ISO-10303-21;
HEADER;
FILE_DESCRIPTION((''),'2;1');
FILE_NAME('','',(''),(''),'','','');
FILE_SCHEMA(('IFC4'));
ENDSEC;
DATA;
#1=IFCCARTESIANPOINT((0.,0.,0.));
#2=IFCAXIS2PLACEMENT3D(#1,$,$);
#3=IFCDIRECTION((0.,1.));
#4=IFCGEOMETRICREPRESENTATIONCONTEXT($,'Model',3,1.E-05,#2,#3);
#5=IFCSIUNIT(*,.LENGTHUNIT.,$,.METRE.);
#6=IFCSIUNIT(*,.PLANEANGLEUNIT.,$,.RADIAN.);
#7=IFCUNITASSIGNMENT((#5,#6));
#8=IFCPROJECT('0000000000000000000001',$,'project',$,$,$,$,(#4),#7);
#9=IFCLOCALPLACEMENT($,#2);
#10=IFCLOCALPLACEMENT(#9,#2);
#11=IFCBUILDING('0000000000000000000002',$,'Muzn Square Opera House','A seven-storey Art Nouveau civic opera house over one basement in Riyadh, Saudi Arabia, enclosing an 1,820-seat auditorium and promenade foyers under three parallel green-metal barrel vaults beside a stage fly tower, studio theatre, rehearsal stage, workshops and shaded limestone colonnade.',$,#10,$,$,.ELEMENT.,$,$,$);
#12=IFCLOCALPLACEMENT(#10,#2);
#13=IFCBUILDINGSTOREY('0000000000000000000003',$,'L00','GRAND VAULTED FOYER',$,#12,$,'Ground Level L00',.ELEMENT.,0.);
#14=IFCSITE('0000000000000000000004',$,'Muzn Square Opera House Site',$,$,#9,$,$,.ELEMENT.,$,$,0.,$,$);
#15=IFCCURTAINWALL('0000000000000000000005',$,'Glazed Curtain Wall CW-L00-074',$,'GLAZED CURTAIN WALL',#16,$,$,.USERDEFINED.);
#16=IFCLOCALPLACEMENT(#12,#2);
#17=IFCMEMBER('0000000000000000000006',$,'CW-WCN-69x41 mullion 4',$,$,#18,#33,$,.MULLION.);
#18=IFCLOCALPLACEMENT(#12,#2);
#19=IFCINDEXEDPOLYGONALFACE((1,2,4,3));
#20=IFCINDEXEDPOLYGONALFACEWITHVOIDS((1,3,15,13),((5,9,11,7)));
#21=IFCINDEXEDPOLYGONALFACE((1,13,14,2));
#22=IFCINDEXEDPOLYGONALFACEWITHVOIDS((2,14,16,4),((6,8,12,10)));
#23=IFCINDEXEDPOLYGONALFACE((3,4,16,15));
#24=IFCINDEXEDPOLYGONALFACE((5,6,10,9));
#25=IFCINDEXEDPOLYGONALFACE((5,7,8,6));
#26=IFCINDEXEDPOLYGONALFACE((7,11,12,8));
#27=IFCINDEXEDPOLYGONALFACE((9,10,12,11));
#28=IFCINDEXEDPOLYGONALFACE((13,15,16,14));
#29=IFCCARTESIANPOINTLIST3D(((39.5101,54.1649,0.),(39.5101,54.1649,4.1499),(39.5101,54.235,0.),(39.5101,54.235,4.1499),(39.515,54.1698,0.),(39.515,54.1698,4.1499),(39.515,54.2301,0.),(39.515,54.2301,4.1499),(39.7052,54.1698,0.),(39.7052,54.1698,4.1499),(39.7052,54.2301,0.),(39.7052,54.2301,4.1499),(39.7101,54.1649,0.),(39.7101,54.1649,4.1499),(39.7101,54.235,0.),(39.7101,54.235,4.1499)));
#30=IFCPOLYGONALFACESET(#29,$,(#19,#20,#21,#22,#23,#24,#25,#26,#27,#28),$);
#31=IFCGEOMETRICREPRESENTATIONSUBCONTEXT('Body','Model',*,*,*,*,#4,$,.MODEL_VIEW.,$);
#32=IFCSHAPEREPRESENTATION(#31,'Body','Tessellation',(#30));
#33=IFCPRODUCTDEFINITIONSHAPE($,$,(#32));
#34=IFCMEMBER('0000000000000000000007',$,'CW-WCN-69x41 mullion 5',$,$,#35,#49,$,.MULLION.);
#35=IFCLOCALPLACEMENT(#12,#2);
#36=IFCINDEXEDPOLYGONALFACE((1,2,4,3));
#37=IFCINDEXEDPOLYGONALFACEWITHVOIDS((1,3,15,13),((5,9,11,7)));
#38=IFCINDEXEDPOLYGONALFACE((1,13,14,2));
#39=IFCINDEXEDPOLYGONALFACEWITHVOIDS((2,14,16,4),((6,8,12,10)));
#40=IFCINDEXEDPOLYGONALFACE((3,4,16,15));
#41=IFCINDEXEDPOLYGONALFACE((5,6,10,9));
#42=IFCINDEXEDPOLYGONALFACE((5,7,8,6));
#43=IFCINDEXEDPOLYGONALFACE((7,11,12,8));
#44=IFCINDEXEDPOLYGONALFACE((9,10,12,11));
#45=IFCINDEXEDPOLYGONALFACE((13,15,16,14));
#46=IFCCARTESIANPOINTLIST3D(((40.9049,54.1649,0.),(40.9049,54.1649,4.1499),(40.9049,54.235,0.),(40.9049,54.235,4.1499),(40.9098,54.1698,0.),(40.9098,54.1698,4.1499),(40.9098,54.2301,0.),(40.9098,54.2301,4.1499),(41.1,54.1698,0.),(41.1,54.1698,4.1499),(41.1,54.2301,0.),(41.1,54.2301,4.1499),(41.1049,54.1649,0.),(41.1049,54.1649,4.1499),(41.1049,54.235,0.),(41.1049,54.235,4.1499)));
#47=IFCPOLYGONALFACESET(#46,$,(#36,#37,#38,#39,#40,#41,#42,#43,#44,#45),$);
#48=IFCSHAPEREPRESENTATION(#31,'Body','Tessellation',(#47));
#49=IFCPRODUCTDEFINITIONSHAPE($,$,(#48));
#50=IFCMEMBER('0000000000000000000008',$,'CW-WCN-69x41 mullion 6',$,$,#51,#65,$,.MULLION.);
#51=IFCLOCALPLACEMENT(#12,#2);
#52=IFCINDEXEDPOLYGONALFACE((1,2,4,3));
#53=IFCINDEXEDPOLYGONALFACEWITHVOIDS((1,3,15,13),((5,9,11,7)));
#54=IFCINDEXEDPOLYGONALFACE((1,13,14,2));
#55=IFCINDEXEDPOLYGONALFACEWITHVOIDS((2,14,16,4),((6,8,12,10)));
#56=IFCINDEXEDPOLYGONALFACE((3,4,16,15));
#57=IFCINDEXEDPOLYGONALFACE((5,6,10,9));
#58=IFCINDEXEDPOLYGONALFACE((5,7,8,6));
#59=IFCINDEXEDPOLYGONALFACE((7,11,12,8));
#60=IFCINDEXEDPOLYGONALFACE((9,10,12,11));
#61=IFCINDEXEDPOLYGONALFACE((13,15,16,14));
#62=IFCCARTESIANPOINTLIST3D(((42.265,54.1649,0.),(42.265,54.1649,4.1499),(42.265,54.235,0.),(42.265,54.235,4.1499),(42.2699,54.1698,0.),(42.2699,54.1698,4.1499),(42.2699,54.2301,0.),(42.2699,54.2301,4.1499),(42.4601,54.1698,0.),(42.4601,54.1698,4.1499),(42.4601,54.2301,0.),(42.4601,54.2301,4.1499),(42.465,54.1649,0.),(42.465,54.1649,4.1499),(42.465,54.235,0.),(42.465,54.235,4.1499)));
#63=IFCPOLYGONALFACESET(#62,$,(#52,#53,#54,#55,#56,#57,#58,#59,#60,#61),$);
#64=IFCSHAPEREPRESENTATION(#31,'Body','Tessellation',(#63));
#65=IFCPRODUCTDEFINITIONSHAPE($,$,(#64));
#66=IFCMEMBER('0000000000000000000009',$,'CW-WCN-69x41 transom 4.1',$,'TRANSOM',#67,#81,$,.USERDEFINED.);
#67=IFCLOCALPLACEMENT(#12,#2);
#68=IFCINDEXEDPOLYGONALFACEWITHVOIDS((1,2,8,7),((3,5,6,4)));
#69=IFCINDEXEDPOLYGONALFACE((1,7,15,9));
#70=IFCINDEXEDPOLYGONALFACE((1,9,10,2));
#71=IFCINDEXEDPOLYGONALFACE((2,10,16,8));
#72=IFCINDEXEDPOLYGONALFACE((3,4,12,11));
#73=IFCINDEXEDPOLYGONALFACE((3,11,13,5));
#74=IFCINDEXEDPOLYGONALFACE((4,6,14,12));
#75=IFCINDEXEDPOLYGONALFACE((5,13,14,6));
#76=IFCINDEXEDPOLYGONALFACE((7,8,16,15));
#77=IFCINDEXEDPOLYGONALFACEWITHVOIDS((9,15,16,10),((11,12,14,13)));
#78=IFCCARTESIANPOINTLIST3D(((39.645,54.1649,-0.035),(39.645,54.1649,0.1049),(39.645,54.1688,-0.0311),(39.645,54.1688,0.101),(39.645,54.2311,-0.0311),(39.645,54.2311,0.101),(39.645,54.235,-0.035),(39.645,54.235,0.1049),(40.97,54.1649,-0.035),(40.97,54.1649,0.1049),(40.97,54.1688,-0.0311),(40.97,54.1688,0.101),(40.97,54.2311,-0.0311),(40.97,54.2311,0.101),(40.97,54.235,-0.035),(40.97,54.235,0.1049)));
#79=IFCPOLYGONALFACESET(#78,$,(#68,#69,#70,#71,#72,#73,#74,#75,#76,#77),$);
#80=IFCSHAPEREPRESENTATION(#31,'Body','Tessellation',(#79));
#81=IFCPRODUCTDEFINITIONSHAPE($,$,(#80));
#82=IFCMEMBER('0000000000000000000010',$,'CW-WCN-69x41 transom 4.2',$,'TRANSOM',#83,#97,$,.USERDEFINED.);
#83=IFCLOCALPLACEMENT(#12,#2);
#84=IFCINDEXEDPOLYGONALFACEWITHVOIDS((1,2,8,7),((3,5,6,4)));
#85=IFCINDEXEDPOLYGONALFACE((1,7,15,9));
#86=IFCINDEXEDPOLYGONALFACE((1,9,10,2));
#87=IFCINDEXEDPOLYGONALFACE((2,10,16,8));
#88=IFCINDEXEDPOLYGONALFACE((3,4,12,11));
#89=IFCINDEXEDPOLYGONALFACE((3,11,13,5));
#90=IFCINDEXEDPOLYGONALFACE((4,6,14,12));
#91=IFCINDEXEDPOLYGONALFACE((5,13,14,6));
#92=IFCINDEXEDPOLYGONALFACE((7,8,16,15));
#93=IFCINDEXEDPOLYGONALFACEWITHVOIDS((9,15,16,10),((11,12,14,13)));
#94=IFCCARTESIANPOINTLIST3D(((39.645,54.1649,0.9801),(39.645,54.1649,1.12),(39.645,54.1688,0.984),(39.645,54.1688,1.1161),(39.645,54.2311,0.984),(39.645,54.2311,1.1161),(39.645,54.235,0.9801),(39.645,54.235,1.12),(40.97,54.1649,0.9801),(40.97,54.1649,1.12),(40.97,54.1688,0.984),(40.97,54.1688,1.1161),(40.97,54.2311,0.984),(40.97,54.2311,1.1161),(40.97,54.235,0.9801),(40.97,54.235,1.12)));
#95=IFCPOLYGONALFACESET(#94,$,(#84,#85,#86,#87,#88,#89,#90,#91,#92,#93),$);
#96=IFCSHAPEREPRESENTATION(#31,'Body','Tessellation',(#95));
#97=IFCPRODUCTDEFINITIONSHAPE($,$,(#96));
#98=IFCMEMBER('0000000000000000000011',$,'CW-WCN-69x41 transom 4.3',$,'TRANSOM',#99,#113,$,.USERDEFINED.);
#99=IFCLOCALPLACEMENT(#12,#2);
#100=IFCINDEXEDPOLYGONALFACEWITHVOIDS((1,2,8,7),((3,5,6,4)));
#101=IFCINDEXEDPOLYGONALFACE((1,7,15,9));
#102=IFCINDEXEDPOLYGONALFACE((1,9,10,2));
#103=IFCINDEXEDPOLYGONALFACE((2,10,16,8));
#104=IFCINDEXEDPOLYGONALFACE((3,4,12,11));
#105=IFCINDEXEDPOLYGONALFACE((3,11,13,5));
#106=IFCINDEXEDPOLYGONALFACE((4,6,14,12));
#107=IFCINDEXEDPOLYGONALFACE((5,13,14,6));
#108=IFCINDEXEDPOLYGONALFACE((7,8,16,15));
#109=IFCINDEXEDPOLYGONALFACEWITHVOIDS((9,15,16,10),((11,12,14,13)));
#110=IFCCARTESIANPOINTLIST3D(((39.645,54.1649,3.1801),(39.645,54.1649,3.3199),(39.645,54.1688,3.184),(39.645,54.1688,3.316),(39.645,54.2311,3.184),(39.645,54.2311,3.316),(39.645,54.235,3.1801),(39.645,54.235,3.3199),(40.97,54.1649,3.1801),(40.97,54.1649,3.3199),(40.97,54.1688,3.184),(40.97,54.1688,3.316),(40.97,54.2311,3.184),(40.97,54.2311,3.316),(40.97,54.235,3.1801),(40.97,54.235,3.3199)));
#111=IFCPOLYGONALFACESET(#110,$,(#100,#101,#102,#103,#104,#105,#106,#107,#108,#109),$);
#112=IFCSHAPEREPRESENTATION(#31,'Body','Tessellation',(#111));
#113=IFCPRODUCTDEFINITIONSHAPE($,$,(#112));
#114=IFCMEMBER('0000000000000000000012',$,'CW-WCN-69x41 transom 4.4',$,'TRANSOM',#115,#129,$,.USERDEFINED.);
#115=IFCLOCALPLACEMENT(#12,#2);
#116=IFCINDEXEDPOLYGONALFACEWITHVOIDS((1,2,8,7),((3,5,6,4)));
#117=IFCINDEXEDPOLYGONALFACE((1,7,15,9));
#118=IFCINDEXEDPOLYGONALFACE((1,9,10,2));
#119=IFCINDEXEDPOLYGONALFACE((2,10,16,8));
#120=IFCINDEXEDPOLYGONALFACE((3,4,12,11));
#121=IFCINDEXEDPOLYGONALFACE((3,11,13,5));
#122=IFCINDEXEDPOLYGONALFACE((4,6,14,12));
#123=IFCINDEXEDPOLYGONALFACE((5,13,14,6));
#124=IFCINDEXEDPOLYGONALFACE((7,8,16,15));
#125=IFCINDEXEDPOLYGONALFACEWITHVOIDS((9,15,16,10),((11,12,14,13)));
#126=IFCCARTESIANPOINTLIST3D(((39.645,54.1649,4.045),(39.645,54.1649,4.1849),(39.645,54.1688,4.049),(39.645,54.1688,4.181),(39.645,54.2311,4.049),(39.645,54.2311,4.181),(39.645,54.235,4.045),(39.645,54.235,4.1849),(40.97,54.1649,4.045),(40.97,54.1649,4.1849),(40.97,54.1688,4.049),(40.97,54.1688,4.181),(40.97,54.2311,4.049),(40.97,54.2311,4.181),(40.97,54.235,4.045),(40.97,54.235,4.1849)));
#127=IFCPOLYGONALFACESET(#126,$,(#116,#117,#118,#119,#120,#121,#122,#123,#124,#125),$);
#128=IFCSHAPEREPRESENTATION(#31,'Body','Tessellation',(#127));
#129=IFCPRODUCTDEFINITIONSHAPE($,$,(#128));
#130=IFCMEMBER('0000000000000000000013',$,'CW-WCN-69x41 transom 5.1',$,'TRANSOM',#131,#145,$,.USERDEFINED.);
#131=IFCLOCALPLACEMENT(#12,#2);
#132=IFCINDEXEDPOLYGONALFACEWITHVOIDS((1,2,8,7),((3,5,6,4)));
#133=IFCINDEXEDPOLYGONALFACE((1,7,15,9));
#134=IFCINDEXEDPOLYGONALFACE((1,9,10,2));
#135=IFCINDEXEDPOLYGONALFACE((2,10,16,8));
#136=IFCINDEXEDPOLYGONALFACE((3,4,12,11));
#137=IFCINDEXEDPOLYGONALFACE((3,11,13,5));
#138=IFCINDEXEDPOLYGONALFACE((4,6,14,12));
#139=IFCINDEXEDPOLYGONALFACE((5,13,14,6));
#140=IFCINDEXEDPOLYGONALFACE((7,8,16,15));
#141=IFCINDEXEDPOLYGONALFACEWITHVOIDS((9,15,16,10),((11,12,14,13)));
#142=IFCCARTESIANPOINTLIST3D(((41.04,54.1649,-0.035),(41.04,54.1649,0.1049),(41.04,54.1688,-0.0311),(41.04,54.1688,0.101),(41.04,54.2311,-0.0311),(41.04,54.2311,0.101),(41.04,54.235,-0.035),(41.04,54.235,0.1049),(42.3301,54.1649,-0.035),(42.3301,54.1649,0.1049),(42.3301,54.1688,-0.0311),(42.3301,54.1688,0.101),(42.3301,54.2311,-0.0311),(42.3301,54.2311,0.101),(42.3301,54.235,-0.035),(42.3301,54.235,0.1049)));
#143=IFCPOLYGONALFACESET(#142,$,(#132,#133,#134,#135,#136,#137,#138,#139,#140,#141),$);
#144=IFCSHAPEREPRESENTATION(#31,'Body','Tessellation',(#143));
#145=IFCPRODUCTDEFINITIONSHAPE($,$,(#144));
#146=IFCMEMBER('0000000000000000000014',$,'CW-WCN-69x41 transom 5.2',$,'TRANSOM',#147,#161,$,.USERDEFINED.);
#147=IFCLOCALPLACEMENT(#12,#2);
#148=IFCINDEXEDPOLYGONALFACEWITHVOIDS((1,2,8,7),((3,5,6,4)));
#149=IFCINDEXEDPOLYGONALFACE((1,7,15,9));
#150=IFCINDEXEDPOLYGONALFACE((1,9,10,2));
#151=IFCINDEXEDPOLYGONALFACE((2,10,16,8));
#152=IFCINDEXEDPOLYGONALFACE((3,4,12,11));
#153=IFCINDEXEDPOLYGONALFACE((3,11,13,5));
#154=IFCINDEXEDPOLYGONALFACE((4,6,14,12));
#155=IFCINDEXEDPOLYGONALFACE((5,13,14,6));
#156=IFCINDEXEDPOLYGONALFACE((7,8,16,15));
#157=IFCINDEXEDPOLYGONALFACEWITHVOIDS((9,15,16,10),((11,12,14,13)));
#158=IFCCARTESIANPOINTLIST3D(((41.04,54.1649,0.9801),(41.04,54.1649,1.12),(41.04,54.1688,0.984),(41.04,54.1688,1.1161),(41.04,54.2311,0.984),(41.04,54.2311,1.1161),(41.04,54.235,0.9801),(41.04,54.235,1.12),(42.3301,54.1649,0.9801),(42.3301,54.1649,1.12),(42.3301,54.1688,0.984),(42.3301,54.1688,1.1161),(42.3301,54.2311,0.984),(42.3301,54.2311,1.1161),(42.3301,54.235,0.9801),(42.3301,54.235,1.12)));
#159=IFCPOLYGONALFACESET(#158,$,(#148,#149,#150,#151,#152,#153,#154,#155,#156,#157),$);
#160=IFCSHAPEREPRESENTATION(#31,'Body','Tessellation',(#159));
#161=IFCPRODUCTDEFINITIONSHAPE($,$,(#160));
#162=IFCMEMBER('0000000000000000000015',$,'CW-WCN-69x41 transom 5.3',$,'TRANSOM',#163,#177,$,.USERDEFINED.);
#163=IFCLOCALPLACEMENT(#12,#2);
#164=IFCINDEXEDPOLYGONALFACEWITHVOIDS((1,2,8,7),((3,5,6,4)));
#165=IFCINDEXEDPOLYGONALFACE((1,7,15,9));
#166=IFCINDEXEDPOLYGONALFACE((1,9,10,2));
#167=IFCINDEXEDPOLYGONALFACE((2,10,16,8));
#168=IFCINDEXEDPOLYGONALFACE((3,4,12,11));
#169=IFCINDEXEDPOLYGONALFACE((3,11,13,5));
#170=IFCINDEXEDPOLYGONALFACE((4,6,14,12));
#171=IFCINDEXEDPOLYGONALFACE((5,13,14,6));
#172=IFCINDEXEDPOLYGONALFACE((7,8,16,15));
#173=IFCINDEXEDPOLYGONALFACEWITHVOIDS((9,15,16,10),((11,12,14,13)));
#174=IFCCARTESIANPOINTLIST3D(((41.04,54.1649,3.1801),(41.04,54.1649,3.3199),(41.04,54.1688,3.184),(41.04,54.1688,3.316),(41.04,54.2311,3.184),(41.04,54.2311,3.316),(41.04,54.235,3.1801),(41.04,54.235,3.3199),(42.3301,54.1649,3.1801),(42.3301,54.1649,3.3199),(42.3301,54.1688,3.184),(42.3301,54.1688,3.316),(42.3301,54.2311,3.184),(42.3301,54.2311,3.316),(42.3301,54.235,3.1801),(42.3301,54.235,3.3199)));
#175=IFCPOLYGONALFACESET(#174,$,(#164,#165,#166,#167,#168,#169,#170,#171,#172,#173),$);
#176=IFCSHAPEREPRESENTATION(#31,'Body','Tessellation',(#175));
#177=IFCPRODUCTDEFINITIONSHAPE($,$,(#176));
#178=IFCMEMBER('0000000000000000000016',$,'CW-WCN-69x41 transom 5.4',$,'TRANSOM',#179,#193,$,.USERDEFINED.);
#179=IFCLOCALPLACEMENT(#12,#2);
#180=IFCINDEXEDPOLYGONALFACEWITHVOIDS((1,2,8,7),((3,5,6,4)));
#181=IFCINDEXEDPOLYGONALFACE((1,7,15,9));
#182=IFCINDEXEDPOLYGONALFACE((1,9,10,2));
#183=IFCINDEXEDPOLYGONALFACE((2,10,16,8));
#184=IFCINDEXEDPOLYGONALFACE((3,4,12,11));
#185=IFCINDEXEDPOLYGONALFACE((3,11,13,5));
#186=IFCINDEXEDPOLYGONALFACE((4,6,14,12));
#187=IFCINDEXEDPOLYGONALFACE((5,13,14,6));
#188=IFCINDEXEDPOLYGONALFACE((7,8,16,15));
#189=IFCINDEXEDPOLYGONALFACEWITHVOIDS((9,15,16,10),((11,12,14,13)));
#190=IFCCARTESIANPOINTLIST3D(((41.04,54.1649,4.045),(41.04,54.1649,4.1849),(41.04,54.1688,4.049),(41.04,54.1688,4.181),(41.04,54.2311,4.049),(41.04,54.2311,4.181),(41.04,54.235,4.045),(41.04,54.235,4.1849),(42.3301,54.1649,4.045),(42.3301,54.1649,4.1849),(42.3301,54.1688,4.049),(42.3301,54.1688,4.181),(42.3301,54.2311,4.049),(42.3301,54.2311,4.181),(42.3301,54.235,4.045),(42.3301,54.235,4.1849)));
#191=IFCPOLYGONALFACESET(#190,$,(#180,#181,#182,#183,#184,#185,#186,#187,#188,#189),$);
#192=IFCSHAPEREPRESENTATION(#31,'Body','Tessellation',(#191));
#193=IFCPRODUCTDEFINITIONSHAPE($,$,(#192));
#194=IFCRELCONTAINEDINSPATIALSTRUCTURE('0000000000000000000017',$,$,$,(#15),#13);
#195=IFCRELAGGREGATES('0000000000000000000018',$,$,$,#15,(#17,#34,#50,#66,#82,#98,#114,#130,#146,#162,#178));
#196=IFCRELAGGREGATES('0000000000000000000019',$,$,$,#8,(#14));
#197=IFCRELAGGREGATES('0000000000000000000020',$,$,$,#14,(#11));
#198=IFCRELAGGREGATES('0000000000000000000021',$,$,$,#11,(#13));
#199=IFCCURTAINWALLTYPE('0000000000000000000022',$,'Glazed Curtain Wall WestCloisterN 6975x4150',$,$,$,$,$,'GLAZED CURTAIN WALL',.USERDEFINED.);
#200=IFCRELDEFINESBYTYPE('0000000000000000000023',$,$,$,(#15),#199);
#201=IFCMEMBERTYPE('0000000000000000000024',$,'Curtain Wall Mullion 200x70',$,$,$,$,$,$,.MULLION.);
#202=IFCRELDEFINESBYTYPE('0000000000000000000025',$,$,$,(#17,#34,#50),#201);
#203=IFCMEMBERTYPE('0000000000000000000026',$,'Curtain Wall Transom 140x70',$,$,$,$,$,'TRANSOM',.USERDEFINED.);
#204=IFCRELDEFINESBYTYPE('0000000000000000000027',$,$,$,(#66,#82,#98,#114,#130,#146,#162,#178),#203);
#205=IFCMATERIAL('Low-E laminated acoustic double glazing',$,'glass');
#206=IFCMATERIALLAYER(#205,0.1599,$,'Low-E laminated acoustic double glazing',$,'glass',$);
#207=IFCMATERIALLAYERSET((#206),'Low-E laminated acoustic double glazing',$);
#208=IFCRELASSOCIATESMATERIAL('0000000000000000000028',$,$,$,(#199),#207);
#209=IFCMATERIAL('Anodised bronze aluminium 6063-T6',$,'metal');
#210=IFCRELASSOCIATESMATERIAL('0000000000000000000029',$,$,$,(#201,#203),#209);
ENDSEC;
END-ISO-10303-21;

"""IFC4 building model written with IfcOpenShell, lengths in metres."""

from ifc_helpers import new_model, si_unit, direction, frame, origin, origin_2d, place, context, subcontext, project, spatial, hollow_rectangle, extrude, material, layer, layer_set, material_profile, profile_set, type_object, element, aggregate, save


model = new_model("IFC4")

# Units and contexts
model_context = context("Model", 3, precision=1e-05, world=origin(), true_north=direction((0.0, 1.0)))
body_context = subcontext(model_context, "Body", "Model", "MODEL_VIEW")
ifc_project = project(units=[si_unit("LENGTHUNIT", "METRE"), si_unit("PLANEANGLEUNIT", "RADIAN")], contexts=[model_context])

# Site, building, storey
site_placement = place(None, origin())
site = spatial("IfcSite", under=ifc_project, at=site_placement, Name="Muzn Square Opera House Site", CompositionType="ELEMENT", RefElevation=0.0)
building_placement = place(site_placement, origin())
building = spatial("IfcBuilding", under=site, at=building_placement, Name="Muzn Square Opera House", Description="A seven-storey Art Nouveau civic opera house over one basement in Riyadh, Saudi Arabia, enclosing an 1,820-seat auditorium and promenade foyers under three parallel green-metal barrel vaults beside a stage fly tower, studio theatre, rehearsal stage, workshops and shaded limestone colonnade.", CompositionType="ELEMENT")
storey_placement = place(building_placement, origin())
storey = spatial("IfcBuildingStorey", under=building, at=storey_placement, Name="L00", Description="GRAND VAULTED FOYER", LongName="Ground Level L00", CompositionType="ELEMENT", Elevation=0.0)

# Curtain wall, members
ifc_material_1 = material(Name="Low-E laminated acoustic double glazing", Category="glass")
ifc_layer_1 = layer(ifc_material_1, 0.1599, Name="Low-E laminated acoustic double glazing", Category="glass")
ifc_layer_set_1 = layer_set([ifc_layer_1], Name="Low-E laminated acoustic double glazing")
curtain_wall_type = type_object("IfcCurtainWallType", Name="Glazed Curtain Wall WestCloisterN 6975x4150", ElementType="GLAZED CURTAIN WALL", PredefinedType="USERDEFINED", material=ifc_layer_set_1)
curtain_wall_placement = place(storey_placement, origin())
curtain_wall = element("IfcCurtainWall", 1, at=curtain_wall_placement, inside=storey, type_object=curtain_wall_type, Name="Glazed Curtain Wall CW-L00-074", ObjectType="GLAZED CURTAIN WALL", PredefinedType="USERDEFINED")
ifc_material_2 = material(Name="Anodised bronze aluminium 6063-T6", Category="metal")
ifc_material_profile_1 = material_profile(ifc_material_2, hollow_rectangle(XDim=0.0701, YDim=0.2, WallThickness=0.0049, at=origin_2d()), Name="ALU 200x70x5", Category="metal")
ifc_profile_set_1 = profile_set([ifc_material_profile_1], Name="Anodised bronze aluminium 6063-T6")
member_type_1 = type_object("IfcMemberType", Name="Curtain Wall Mullion 200x70", PredefinedType="MULLION", material=ifc_profile_set_1)
member_1_placement = place(storey_placement, frame((39.6101, 54.2, 0.0), z_axis=(0.0, 0.0, 1.0), x_axis=(0.0, 1.0, 0.0)))
member_1 = element("IfcMember", 2, at=member_1_placement, type_object=member_type_1, Name="CW-WCN-69x41 mullion 4", PredefinedType="MULLION", context=body_context, shape_type="SweptSolid", body=[
    extrude(hollow_rectangle(XDim=0.0701, YDim=0.2, WallThickness=0.0049, at=origin_2d()), origin(), (0.0, 0.0, 1.0), 4.1499),
])
member_2_placement = place(storey_placement, frame((41.0049, 54.2, 0.0), z_axis=(0.0, 0.0, 1.0), x_axis=(0.0, 1.0, 0.0)))
member_2 = element("IfcMember", 3, at=member_2_placement, type_object=member_type_1, Name="CW-WCN-69x41 mullion 5", PredefinedType="MULLION", context=body_context, shape_type="SweptSolid", body=[
    extrude(hollow_rectangle(XDim=0.0701, YDim=0.2, WallThickness=0.0049, at=origin_2d()), origin(), (0.0, 0.0, 1.0), 4.1499),
])
member_3_placement = place(storey_placement, frame((42.365, 54.2, 0.0), z_axis=(0.0, 0.0, 1.0), x_axis=(0.0, 1.0, 0.0)))
member_3 = element("IfcMember", 4, at=member_3_placement, type_object=member_type_1, Name="CW-WCN-69x41 mullion 6", PredefinedType="MULLION", context=body_context, shape_type="SweptSolid", body=[
    extrude(hollow_rectangle(XDim=0.0701, YDim=0.2, WallThickness=0.0049, at=origin_2d()), origin(), (0.0, 0.0, 1.0), 4.1499),
])
ifc_material_profile_2 = material_profile(ifc_material_2, hollow_rectangle(XDim=0.0701, YDim=0.1399, WallThickness=0.0039, at=origin_2d()), Name="ALU 140x70x4", Category="metal")
ifc_profile_set_2 = profile_set([ifc_material_profile_2], Name="Anodised bronze aluminium 6063-T6")
member_type_2 = type_object("IfcMemberType", Name="Curtain Wall Transom 140x70", ElementType="TRANSOM", PredefinedType="USERDEFINED", material=ifc_profile_set_2)
member_4_placement = place(storey_placement, frame((39.645, 54.2, 0.0349), z_axis=(1.0, 0.0, 0.0), x_axis=(0.0, 1.0, 0.0)))
member_4 = element("IfcMember", 5, at=member_4_placement, type_object=member_type_2, Name="CW-WCN-69x41 transom 4.1", ObjectType="TRANSOM", PredefinedType="USERDEFINED", context=body_context, shape_type="SweptSolid", body=[
    extrude(hollow_rectangle(XDim=0.0701, YDim=0.1399, WallThickness=0.0039, at=origin_2d()), origin(), (0.0, 0.0, 1.0), 1.325),
])
member_5_placement = place(storey_placement, frame((39.645, 54.2, 1.05), z_axis=(1.0, 0.0, 0.0), x_axis=(0.0, 1.0, 0.0)))
member_5 = element("IfcMember", 6, at=member_5_placement, type_object=member_type_2, Name="CW-WCN-69x41 transom 4.2", ObjectType="TRANSOM", PredefinedType="USERDEFINED", context=body_context, shape_type="SweptSolid", body=[
    extrude(hollow_rectangle(XDim=0.0701, YDim=0.1399, WallThickness=0.0039, at=origin_2d()), origin(), (0.0, 0.0, 1.0), 1.325),
])
member_6_placement = place(storey_placement, frame((39.645, 54.2, 3.25), z_axis=(1.0, 0.0, 0.0), x_axis=(0.0, 1.0, 0.0)))
member_6 = element("IfcMember", 7, at=member_6_placement, type_object=member_type_2, Name="CW-WCN-69x41 transom 4.3", ObjectType="TRANSOM", PredefinedType="USERDEFINED", context=body_context, shape_type="SweptSolid", body=[
    extrude(hollow_rectangle(XDim=0.0701, YDim=0.1399, WallThickness=0.0039, at=origin_2d()), origin(), (0.0, 0.0, 1.0), 1.325),
])
member_7_placement = place(storey_placement, frame((39.645, 54.2, 4.115), z_axis=(1.0, 0.0, 0.0), x_axis=(0.0, 1.0, 0.0)))
member_7 = element("IfcMember", 8, at=member_7_placement, type_object=member_type_2, Name="CW-WCN-69x41 transom 4.4", ObjectType="TRANSOM", PredefinedType="USERDEFINED", context=body_context, shape_type="SweptSolid", body=[
    extrude(hollow_rectangle(XDim=0.0701, YDim=0.1399, WallThickness=0.0039, at=origin_2d()), origin(), (0.0, 0.0, 1.0), 1.325),
])
member_8_placement = place(storey_placement, frame((41.04, 54.2, 0.0349), z_axis=(1.0, 0.0, 0.0), x_axis=(0.0, 1.0, 0.0)))
member_8 = element("IfcMember", 9, at=member_8_placement, type_object=member_type_2, Name="CW-WCN-69x41 transom 5.1", ObjectType="TRANSOM", PredefinedType="USERDEFINED", context=body_context, shape_type="SweptSolid", body=[
    extrude(hollow_rectangle(XDim=0.0701, YDim=0.1399, WallThickness=0.0039, at=origin_2d()), origin(), (0.0, 0.0, 1.0), 1.29),
])
member_9_placement = place(storey_placement, frame((41.04, 54.2, 1.05), z_axis=(1.0, 0.0, 0.0), x_axis=(0.0, 1.0, 0.0)))
member_9 = element("IfcMember", 10, at=member_9_placement, type_object=member_type_2, Name="CW-WCN-69x41 transom 5.2", ObjectType="TRANSOM", PredefinedType="USERDEFINED", context=body_context, shape_type="SweptSolid", body=[
    extrude(hollow_rectangle(XDim=0.0701, YDim=0.1399, WallThickness=0.0039, at=origin_2d()), origin(), (0.0, 0.0, 1.0), 1.29),
])
member_10_placement = place(storey_placement, frame((41.04, 54.2, 3.25), z_axis=(1.0, 0.0, 0.0), x_axis=(0.0, 1.0, 0.0)))
member_10 = element("IfcMember", 11, at=member_10_placement, type_object=member_type_2, Name="CW-WCN-69x41 transom 5.3", ObjectType="TRANSOM", PredefinedType="USERDEFINED", context=body_context, shape_type="SweptSolid", body=[
    extrude(hollow_rectangle(XDim=0.0701, YDim=0.1399, WallThickness=0.0039, at=origin_2d()), origin(), (0.0, 0.0, 1.0), 1.29),
])
member_11_placement = place(storey_placement, frame((41.04, 54.2, 4.115), z_axis=(1.0, 0.0, 0.0), x_axis=(0.0, 1.0, 0.0)))
member_11 = element("IfcMember", 12, at=member_11_placement, type_object=member_type_2, Name="CW-WCN-69x41 transom 5.4", ObjectType="TRANSOM", PredefinedType="USERDEFINED", context=body_context, shape_type="SweptSolid", body=[
    extrude(hollow_rectangle(XDim=0.0701, YDim=0.1399, WallThickness=0.0039, at=origin_2d()), origin(), (0.0, 0.0, 1.0), 1.29),
])
aggregate(curtain_wall, [member_1, member_2, member_3, member_4, member_5, member_6, member_7, member_8, member_9, member_10, member_11])

save(model, "model.ifc")
